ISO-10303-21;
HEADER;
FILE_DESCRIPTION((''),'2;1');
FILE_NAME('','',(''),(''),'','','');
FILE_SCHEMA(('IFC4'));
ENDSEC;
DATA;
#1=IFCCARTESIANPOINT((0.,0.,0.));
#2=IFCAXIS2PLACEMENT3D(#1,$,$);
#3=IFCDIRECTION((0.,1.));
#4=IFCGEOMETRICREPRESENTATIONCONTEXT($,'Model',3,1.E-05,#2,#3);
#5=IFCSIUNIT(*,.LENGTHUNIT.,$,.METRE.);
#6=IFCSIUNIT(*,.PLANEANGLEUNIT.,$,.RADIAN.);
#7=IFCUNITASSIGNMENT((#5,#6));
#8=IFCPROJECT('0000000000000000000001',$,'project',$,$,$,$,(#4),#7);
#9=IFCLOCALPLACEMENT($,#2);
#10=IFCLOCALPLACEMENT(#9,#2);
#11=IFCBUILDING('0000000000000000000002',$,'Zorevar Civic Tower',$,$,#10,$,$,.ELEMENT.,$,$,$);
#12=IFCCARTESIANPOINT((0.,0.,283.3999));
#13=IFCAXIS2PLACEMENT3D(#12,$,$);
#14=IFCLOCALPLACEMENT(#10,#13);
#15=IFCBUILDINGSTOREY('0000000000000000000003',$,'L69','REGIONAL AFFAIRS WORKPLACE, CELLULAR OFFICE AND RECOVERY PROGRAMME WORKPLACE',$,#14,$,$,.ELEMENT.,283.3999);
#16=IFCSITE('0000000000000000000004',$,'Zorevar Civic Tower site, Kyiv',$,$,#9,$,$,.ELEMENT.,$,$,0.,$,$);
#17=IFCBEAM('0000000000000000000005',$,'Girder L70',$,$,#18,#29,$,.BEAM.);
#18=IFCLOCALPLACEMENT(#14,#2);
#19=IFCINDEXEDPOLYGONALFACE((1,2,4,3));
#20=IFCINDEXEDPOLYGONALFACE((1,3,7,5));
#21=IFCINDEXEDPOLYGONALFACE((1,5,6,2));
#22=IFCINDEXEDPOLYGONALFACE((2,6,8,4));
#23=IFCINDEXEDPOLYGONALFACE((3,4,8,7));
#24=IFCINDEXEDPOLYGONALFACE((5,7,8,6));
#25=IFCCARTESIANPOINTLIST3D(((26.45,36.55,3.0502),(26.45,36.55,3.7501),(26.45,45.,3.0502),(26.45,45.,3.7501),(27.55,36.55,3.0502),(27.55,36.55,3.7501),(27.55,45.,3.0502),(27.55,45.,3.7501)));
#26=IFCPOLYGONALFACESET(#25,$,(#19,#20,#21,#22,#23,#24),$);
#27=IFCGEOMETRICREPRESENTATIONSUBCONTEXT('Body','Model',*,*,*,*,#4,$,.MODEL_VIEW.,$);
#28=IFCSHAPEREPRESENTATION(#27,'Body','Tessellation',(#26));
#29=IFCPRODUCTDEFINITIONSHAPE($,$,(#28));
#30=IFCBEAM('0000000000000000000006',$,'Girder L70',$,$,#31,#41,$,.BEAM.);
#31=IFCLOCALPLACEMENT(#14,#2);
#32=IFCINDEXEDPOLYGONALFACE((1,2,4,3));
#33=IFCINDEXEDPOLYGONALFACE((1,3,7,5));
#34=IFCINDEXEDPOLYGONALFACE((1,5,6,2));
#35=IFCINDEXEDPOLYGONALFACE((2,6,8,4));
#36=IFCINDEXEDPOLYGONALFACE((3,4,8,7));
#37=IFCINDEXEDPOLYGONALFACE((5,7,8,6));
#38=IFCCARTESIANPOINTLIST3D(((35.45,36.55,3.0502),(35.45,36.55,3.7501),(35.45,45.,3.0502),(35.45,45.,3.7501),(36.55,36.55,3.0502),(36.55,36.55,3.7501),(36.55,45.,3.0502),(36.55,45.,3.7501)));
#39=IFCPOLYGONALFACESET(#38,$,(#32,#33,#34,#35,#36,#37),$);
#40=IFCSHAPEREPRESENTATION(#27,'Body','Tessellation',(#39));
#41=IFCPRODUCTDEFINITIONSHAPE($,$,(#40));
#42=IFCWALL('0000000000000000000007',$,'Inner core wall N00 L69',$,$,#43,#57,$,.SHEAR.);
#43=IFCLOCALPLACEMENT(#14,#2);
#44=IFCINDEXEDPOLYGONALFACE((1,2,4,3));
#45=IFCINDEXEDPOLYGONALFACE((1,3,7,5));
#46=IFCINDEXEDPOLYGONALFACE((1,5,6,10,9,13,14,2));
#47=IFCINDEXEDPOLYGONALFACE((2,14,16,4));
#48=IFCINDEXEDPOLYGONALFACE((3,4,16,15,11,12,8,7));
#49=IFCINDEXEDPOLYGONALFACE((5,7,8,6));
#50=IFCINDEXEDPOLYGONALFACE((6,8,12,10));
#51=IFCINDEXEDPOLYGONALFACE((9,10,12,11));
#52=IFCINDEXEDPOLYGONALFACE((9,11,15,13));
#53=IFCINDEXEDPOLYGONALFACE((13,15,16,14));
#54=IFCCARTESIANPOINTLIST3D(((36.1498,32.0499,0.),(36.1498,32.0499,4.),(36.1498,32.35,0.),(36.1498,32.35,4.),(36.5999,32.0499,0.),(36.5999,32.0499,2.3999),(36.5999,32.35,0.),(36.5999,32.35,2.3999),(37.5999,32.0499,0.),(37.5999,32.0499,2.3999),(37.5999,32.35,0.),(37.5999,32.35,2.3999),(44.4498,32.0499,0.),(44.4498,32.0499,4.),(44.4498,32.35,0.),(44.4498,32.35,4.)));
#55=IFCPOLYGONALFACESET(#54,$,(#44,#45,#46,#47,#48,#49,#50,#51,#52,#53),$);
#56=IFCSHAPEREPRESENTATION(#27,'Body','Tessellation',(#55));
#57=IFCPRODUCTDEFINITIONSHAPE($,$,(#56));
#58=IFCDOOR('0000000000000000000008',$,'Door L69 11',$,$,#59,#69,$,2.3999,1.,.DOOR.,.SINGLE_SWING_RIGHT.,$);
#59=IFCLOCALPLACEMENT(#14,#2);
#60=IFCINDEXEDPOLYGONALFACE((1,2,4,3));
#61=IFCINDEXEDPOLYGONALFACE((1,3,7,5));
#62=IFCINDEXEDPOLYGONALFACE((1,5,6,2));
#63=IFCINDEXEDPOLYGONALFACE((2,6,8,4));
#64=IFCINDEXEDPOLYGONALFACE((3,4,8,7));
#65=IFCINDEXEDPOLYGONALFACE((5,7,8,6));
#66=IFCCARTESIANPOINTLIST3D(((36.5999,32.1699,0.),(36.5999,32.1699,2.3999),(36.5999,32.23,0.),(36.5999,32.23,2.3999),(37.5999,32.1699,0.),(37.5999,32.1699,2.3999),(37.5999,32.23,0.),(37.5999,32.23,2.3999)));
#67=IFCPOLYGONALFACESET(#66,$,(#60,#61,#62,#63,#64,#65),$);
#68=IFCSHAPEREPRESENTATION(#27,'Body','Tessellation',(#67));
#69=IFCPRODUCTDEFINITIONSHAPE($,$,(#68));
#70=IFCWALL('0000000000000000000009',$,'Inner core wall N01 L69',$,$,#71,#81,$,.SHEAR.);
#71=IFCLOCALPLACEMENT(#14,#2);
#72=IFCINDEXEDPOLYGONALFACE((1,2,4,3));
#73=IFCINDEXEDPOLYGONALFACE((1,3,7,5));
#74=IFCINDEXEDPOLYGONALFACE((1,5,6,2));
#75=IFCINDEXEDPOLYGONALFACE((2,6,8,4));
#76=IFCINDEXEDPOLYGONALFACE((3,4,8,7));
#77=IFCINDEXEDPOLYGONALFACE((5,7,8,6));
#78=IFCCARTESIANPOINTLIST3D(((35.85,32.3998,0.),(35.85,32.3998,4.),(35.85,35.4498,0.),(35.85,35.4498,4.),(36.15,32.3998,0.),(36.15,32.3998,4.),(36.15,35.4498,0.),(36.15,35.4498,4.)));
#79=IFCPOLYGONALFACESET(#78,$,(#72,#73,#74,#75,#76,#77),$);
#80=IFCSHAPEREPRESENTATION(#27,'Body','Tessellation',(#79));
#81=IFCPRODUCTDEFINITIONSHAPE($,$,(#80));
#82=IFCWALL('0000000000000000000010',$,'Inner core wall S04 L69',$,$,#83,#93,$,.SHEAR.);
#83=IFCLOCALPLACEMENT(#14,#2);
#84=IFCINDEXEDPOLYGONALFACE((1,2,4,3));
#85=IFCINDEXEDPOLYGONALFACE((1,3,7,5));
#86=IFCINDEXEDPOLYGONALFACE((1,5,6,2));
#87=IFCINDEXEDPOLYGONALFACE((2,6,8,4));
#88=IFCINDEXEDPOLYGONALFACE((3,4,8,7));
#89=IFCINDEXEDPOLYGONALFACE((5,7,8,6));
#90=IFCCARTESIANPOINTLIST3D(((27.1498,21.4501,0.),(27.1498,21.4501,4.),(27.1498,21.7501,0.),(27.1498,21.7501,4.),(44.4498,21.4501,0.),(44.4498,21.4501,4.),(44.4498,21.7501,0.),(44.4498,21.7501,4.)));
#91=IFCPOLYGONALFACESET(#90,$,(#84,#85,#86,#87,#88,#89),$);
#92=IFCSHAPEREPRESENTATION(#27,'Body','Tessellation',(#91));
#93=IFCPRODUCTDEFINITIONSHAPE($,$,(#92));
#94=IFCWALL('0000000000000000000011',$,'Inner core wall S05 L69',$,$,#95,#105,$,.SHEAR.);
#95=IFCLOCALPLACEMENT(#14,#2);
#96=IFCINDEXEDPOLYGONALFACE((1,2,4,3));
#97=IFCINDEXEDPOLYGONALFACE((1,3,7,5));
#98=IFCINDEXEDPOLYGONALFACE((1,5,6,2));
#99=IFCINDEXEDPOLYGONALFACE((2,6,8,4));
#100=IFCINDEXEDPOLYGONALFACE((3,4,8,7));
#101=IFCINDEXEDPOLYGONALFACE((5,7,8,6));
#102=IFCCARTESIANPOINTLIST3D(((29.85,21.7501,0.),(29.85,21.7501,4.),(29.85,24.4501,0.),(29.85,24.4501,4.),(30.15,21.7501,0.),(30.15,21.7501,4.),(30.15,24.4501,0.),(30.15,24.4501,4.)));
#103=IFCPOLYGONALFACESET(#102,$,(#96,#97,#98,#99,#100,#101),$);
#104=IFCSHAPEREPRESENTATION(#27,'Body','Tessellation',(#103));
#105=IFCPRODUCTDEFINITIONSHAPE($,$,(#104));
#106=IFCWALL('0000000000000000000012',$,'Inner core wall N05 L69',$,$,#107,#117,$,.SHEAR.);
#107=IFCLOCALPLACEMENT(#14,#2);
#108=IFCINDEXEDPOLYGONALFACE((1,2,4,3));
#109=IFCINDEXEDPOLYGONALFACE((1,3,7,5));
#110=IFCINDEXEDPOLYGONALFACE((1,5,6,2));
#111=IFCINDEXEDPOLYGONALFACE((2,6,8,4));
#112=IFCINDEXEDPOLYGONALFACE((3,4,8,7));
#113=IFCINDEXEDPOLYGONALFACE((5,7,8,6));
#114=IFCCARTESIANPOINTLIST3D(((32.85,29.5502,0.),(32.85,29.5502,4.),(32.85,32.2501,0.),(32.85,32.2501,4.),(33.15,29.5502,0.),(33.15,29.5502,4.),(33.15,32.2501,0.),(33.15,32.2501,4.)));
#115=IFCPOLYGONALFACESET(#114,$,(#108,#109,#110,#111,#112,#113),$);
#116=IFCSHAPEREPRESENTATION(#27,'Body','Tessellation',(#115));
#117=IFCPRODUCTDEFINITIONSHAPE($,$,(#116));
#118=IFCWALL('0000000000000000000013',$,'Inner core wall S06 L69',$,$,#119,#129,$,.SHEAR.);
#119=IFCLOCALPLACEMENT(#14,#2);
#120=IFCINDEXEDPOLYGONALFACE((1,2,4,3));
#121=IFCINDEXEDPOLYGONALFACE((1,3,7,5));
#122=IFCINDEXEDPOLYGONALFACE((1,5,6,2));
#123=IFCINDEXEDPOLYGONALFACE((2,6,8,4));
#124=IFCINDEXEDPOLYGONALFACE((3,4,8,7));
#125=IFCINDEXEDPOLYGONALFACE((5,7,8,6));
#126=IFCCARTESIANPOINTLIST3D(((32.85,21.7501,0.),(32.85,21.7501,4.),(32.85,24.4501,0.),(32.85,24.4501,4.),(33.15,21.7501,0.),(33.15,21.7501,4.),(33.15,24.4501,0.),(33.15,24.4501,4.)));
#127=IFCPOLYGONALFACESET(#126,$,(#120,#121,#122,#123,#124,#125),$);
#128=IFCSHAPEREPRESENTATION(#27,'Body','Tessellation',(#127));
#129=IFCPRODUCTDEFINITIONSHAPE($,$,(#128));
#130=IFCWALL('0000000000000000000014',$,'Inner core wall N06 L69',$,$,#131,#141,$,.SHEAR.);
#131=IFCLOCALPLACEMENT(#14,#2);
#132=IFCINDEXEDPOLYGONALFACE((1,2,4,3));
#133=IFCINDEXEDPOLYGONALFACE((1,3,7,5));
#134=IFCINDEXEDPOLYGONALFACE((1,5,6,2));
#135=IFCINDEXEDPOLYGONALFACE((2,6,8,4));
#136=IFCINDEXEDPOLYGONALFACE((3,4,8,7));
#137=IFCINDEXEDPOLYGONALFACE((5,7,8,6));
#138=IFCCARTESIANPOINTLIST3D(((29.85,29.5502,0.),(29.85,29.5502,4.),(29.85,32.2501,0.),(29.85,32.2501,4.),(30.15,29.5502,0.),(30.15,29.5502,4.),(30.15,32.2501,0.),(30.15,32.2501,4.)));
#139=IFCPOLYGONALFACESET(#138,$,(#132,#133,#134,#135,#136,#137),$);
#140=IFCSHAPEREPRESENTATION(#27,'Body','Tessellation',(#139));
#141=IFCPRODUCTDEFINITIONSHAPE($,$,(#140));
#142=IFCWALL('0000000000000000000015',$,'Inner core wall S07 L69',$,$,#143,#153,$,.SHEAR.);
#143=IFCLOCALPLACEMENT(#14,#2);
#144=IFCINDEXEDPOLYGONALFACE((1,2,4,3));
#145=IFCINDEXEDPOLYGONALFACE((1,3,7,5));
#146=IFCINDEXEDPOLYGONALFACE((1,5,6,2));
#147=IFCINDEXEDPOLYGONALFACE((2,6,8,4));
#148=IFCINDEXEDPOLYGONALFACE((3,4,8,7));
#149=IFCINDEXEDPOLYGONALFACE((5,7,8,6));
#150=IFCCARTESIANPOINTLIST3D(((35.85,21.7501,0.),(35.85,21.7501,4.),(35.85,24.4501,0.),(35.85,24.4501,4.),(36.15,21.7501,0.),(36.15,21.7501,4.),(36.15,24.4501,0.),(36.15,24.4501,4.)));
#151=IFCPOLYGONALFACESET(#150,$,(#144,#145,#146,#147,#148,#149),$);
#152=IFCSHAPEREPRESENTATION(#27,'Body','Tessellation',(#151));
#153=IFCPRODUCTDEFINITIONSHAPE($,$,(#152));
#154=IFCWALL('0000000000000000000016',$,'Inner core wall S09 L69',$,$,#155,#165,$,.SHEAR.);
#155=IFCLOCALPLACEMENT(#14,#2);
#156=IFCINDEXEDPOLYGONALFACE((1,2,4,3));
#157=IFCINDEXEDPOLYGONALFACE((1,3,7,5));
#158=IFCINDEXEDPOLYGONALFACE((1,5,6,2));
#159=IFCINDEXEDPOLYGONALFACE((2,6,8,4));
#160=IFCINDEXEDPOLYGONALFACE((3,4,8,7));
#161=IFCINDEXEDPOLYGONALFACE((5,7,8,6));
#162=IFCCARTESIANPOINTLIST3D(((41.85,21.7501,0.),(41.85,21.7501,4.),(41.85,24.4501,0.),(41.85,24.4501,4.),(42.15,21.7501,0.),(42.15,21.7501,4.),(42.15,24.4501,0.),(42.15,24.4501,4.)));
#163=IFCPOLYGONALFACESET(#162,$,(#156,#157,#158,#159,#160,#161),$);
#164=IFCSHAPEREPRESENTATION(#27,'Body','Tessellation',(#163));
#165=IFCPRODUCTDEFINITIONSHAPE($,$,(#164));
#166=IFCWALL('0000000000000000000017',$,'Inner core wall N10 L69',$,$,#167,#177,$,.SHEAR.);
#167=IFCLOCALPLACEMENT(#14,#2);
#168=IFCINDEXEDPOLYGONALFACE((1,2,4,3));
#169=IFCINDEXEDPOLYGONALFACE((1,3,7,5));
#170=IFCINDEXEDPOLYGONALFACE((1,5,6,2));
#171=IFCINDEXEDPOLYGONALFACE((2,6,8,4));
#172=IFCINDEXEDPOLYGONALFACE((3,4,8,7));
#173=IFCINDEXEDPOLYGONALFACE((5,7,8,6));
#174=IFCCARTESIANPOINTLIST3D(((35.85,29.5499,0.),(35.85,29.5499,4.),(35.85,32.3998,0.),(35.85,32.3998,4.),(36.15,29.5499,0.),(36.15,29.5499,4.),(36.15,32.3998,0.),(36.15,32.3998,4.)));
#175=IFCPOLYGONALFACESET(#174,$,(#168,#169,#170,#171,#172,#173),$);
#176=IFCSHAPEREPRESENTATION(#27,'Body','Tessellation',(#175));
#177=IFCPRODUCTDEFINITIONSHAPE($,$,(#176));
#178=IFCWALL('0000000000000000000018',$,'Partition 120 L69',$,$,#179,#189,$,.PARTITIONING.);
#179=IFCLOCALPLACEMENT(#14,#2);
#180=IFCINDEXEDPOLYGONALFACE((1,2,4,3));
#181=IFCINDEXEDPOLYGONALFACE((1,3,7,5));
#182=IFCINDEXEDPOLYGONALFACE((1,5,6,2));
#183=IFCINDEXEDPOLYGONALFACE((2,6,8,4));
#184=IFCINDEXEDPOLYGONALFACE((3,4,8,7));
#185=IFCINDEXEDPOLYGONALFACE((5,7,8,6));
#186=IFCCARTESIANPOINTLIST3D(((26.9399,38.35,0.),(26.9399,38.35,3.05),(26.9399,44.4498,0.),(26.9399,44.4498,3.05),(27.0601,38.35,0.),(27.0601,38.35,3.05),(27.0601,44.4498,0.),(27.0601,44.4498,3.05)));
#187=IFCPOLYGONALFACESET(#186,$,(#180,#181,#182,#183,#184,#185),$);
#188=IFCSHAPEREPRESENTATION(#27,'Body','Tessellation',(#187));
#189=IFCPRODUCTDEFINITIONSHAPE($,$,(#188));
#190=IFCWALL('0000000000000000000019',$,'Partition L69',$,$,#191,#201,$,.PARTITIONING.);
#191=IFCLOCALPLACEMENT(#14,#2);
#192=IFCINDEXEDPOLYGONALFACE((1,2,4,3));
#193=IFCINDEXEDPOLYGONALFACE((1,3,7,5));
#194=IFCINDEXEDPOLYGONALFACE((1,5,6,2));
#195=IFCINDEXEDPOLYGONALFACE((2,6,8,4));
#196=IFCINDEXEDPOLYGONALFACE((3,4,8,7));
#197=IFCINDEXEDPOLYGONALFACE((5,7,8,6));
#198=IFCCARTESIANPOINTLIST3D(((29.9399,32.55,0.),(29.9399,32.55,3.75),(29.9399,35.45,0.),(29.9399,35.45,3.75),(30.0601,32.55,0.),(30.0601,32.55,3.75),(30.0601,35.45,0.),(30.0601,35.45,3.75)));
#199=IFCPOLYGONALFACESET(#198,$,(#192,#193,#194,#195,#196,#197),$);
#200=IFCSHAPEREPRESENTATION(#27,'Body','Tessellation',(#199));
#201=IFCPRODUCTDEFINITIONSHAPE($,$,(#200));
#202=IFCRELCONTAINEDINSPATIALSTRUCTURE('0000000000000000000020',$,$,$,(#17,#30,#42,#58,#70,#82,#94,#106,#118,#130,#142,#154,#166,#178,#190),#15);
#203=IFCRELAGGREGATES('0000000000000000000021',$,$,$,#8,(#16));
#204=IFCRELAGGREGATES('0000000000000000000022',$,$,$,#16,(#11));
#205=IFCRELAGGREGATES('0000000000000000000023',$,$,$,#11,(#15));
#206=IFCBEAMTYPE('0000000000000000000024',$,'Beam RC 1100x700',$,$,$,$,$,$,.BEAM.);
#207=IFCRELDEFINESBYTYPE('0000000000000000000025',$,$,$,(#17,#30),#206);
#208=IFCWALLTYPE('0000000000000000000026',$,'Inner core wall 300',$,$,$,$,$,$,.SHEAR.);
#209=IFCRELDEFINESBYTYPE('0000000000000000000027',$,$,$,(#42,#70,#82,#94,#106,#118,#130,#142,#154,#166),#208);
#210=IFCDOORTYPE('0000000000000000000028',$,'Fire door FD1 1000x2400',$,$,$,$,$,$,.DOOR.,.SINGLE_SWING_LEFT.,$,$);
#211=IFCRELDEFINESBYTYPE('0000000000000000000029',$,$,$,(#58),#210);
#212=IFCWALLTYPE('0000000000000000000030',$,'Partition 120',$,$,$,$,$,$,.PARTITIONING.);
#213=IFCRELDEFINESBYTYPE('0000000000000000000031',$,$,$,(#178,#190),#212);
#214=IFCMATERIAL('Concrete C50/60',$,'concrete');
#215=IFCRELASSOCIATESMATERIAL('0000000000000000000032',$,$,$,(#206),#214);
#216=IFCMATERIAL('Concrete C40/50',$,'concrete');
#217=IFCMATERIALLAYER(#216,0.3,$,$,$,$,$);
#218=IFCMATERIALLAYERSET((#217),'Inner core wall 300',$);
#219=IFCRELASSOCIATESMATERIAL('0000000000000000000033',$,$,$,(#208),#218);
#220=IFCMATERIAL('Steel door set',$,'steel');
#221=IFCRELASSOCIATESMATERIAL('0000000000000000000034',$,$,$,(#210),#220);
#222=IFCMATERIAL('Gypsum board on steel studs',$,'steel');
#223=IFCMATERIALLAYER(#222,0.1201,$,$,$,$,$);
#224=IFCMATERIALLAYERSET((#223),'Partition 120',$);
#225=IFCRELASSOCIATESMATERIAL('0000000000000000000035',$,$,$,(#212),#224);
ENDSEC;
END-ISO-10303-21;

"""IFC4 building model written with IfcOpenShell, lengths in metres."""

from ifc_helpers import new_model, si_unit, direction, frame, frame_2d, origin, origin_2d, place, context, subcontext, project, spatial, rectangle, extrude, material, layer, layer_set, material_profile, profile_set, type_object, element, fill, save


model = new_model("IFC4")

# Units and contexts
model_context = context("Model", 3, precision=1e-05, world=origin(), true_north=direction((0.0, 1.0)))
body_context = subcontext(model_context, "Body", "Model", "MODEL_VIEW")
ifc_project = project(units=[si_unit("LENGTHUNIT", "METRE"), si_unit("PLANEANGLEUNIT", "RADIAN")], contexts=[model_context])

# Site, building, storey
site_placement = place(None, origin())
site = spatial("IfcSite", under=ifc_project, at=site_placement, Name="Zorevar Civic Tower site, Kyiv", CompositionType="ELEMENT", RefElevation=0.0)
building_placement = place(site_placement, origin())
building = spatial("IfcBuilding", under=site, at=building_placement, Name="Zorevar Civic Tower", CompositionType="ELEMENT")
storey_placement = place(building_placement, frame((0.0, 0.0, 283.3999)))
storey = spatial("IfcBuildingStorey", under=building, at=storey_placement, Name="L69", Description="REGIONAL AFFAIRS WORKPLACE, CELLULAR OFFICE AND RECOVERY PROGRAMME WORKPLACE", CompositionType="ELEMENT", Elevation=283.3999)

# Beams
ifc_material_1 = material(Name="Concrete C50/60", Category="concrete")
ifc_material_profile = material_profile(ifc_material_1, rectangle(XDim=1.1001, YDim=0.7, at=origin_2d()), Name="RC 1100x700")
ifc_profile_set = profile_set([ifc_material_profile], Name="Concrete C50/60")
beam_type = type_object("IfcBeamType", Name="Beam RC 1100x700", PredefinedType="BEAM", material=ifc_profile_set)
for number, where, z_axis, x_axis, name in (
    (1, (27.0, 36.55, 3.4001), (0.0, 1.0, 0.0), (-1.0, 0.0, 0.0), "Girder L70"),
    (2, (36.0, 36.55, 3.4001), (0.0, 1.0, 0.0), (-1.0, 0.0, 0.0), "Girder L70"),
):
    element("IfcBeam", number, at=place(storey_placement, frame(where, z_axis=z_axis, x_axis=x_axis)), inside=storey, type_object=beam_type, Name=name, PredefinedType="BEAM", context=body_context, shape_type="SweptSolid", body=[
        extrude(rectangle(XDim=1.1001, YDim=0.7, at=origin_2d()), origin(), (0.0, 0.0, 1.0), 8.45),
    ])

# Wall, opening, door
ifc_material_2 = material(Name="Concrete C40/50", Category="concrete")
ifc_layer_1 = layer(ifc_material_2, 0.3)
ifc_layer_set_1 = layer_set([ifc_layer_1], Name="Inner core wall 300")
wall_type_1 = type_object("IfcWallType", Name="Inner core wall 300", PredefinedType="SHEAR", material=ifc_layer_set_1)
wall_1_placement = place(storey_placement, frame((36.1499, 32.2, 0.0), z_axis=(0.0, 0.0, 1.0), x_axis=(1.0, 0.0, 0.0)))
wall_1 = element("IfcWall", 3, at=wall_1_placement, inside=storey, type_object=wall_type_1, Name="Inner core wall N00 L69", PredefinedType="SHEAR", context=body_context, shape_type="SweptSolid", body=[
    extrude(rectangle(XDim=8.3, YDim=0.3, at=frame_2d((4.1499, 0.0))), origin(), (0.0, 0.0, 1.0), 4.0),
])
opening_1_placement = place(wall_1_placement, frame((0.45, 0.0, 0.0)))
opening_1 = element("IfcOpeningElement", 4, at=opening_1_placement, cuts=wall_1, PredefinedType="OPENING", context=body_context, shape_type="SweptSolid", body=[
    extrude(rectangle(XDim=1.0, YDim=2.3999, at=frame_2d((0.5, 1.2))), frame((0.0, 0.1599, 0.0), z_axis=(0.0, -1.0, 0.0), x_axis=(1.0, 0.0, 0.0)), (0.0, 0.0, 1.0), 0.3201),
])
ifc_material_3 = material(Name="Steel door set", Category="steel")
door_type_1 = type_object("IfcDoorType", Name="Fire door FD1 1000x2400", OperationType="SINGLE_SWING_LEFT", PredefinedType="DOOR", material=ifc_material_3)
door_1_placement = place(opening_1_placement, origin())
door_1 = element("IfcDoor", 5, at=door_1_placement, inside=storey, type_object=door_type_1, Name="Door L69 11", OperationType="SINGLE_SWING_RIGHT", OverallHeight=2.3999, OverallWidth=1.0, PredefinedType="DOOR", context=body_context, shape_type="SweptSolid", body=[
    extrude(rectangle(XDim=1.0, YDim=2.3999, at=frame_2d((0.5, 1.2))), frame((0.0, 0.03, 0.0), z_axis=(0.0, -1.0, 0.0), x_axis=(1.0, 0.0, 0.0)), (0.0, 0.0, 1.0), 0.0601),
])
fill(opening_1, door_1)

# Wall
wall_2_placement = place(storey_placement, frame((36.0, 32.3999, 0.0), z_axis=(0.0, 0.0, 1.0), x_axis=(0.0, 1.0, 0.0)))
element("IfcWall", 6, at=wall_2_placement, inside=storey, type_object=wall_type_1, Name="Inner core wall N01 L69", PredefinedType="SHEAR", context=body_context, shape_type="SweptSolid", body=[
    extrude(rectangle(XDim=3.05, YDim=0.3, at=frame_2d((1.5249, 0.0))), origin(), (0.0, 0.0, 1.0), 4.0),
])

# Walls
wall_3_placement = place(storey_placement, frame((27.1499, 21.6001, 0.0), z_axis=(0.0, 0.0, 1.0), x_axis=(1.0, 0.0, 0.0)))
element("IfcWall", 7, at=wall_3_placement, inside=storey, type_object=wall_type_1, Name="Inner core wall S04 L69", PredefinedType="SHEAR", context=body_context, shape_type="SweptSolid", body=[
    extrude(rectangle(XDim=17.3, YDim=0.3, at=frame_2d((8.6499, 0.0))), origin(), (0.0, 0.0, 1.0), 4.0),
])
for number, where, z_axis, x_axis, name in (
    (8, (30.0, 21.75, 0.0), (0.0, 0.0, 1.0), (0.0, 1.0, 0.0), "Inner core wall S05 L69"),
    (9, (33.0, 29.55, 0.0), (0.0, 0.0, 1.0), (0.0, 1.0, 0.0), "Inner core wall N05 L69"),
    (10, (33.0, 21.75, 0.0), (0.0, 0.0, 1.0), (0.0, 1.0, 0.0), "Inner core wall S06 L69"),
    (11, (30.0, 29.55, 0.0), (0.0, 0.0, 1.0), (0.0, 1.0, 0.0), "Inner core wall N06 L69"),
    (12, (36.0, 21.75, 0.0), (0.0, 0.0, 1.0), (0.0, 1.0, 0.0), "Inner core wall S07 L69"),
    (13, (42.0, 21.75, 0.0), (0.0, 0.0, 1.0), (0.0, 1.0, 0.0), "Inner core wall S09 L69"),
):
    element("IfcWall", number, at=place(storey_placement, frame(where, z_axis=z_axis, x_axis=x_axis)), inside=storey, type_object=wall_type_1, Name=name, PredefinedType="SHEAR", context=body_context, shape_type="SweptSolid", body=[
        extrude(rectangle(XDim=2.7, YDim=0.3, at=frame_2d((1.3501, 0.0))), origin(), (0.0, 0.0, 1.0), 4.0),
    ])
wall_4_placement = place(storey_placement, frame((36.0, 29.55, 0.0), z_axis=(0.0, 0.0, 1.0), x_axis=(0.0, 1.0, 0.0)))
element("IfcWall", 14, at=wall_4_placement, inside=storey, type_object=wall_type_1, Name="Inner core wall N10 L69", PredefinedType="SHEAR", context=body_context, shape_type="SweptSolid", body=[
    extrude(rectangle(XDim=2.8499, YDim=0.3, at=frame_2d((1.4248, 0.0))), origin(), (0.0, 0.0, 1.0), 4.0),
])
ifc_material_4 = material(Name="Gypsum board on steel studs", Category="steel")
ifc_layer_2 = layer(ifc_material_4, 0.1201)
ifc_layer_set_2 = layer_set([ifc_layer_2], Name="Partition 120")
wall_type_2 = type_object("IfcWallType", Name="Partition 120", PredefinedType="PARTITIONING", material=ifc_layer_set_2)
wall_5_placement = place(storey_placement, frame((27.0, 38.3501, 0.0), z_axis=(0.0, 0.0, 1.0), x_axis=(0.0, 1.0, 0.0)))
element("IfcWall", 15, at=wall_5_placement, inside=storey, type_object=wall_type_2, Name="Partition 120 L69", PredefinedType="PARTITIONING", context=body_context, shape_type="SweptSolid", body=[
    extrude(rectangle(XDim=6.0999, YDim=0.1201, at=frame_2d((3.0498, 0.0))), origin(), (0.0, 0.0, 1.0), 3.05),
])
wall_6_placement = place(storey_placement, frame((30.0, 32.55, 0.0), z_axis=(0.0, 0.0, 1.0), x_axis=(0.0, 1.0, 0.0)))
element("IfcWall", 16, at=wall_6_placement, inside=storey, type_object=wall_type_2, Name="Partition L69", PredefinedType="PARTITIONING", context=body_context, shape_type="SweptSolid", body=[
    extrude(rectangle(XDim=2.8999, YDim=0.1201, at=frame_2d((1.45, 0.0))), origin(), (0.0, 0.0, 1.0), 3.75),
])

save(model, "model.ifc")
